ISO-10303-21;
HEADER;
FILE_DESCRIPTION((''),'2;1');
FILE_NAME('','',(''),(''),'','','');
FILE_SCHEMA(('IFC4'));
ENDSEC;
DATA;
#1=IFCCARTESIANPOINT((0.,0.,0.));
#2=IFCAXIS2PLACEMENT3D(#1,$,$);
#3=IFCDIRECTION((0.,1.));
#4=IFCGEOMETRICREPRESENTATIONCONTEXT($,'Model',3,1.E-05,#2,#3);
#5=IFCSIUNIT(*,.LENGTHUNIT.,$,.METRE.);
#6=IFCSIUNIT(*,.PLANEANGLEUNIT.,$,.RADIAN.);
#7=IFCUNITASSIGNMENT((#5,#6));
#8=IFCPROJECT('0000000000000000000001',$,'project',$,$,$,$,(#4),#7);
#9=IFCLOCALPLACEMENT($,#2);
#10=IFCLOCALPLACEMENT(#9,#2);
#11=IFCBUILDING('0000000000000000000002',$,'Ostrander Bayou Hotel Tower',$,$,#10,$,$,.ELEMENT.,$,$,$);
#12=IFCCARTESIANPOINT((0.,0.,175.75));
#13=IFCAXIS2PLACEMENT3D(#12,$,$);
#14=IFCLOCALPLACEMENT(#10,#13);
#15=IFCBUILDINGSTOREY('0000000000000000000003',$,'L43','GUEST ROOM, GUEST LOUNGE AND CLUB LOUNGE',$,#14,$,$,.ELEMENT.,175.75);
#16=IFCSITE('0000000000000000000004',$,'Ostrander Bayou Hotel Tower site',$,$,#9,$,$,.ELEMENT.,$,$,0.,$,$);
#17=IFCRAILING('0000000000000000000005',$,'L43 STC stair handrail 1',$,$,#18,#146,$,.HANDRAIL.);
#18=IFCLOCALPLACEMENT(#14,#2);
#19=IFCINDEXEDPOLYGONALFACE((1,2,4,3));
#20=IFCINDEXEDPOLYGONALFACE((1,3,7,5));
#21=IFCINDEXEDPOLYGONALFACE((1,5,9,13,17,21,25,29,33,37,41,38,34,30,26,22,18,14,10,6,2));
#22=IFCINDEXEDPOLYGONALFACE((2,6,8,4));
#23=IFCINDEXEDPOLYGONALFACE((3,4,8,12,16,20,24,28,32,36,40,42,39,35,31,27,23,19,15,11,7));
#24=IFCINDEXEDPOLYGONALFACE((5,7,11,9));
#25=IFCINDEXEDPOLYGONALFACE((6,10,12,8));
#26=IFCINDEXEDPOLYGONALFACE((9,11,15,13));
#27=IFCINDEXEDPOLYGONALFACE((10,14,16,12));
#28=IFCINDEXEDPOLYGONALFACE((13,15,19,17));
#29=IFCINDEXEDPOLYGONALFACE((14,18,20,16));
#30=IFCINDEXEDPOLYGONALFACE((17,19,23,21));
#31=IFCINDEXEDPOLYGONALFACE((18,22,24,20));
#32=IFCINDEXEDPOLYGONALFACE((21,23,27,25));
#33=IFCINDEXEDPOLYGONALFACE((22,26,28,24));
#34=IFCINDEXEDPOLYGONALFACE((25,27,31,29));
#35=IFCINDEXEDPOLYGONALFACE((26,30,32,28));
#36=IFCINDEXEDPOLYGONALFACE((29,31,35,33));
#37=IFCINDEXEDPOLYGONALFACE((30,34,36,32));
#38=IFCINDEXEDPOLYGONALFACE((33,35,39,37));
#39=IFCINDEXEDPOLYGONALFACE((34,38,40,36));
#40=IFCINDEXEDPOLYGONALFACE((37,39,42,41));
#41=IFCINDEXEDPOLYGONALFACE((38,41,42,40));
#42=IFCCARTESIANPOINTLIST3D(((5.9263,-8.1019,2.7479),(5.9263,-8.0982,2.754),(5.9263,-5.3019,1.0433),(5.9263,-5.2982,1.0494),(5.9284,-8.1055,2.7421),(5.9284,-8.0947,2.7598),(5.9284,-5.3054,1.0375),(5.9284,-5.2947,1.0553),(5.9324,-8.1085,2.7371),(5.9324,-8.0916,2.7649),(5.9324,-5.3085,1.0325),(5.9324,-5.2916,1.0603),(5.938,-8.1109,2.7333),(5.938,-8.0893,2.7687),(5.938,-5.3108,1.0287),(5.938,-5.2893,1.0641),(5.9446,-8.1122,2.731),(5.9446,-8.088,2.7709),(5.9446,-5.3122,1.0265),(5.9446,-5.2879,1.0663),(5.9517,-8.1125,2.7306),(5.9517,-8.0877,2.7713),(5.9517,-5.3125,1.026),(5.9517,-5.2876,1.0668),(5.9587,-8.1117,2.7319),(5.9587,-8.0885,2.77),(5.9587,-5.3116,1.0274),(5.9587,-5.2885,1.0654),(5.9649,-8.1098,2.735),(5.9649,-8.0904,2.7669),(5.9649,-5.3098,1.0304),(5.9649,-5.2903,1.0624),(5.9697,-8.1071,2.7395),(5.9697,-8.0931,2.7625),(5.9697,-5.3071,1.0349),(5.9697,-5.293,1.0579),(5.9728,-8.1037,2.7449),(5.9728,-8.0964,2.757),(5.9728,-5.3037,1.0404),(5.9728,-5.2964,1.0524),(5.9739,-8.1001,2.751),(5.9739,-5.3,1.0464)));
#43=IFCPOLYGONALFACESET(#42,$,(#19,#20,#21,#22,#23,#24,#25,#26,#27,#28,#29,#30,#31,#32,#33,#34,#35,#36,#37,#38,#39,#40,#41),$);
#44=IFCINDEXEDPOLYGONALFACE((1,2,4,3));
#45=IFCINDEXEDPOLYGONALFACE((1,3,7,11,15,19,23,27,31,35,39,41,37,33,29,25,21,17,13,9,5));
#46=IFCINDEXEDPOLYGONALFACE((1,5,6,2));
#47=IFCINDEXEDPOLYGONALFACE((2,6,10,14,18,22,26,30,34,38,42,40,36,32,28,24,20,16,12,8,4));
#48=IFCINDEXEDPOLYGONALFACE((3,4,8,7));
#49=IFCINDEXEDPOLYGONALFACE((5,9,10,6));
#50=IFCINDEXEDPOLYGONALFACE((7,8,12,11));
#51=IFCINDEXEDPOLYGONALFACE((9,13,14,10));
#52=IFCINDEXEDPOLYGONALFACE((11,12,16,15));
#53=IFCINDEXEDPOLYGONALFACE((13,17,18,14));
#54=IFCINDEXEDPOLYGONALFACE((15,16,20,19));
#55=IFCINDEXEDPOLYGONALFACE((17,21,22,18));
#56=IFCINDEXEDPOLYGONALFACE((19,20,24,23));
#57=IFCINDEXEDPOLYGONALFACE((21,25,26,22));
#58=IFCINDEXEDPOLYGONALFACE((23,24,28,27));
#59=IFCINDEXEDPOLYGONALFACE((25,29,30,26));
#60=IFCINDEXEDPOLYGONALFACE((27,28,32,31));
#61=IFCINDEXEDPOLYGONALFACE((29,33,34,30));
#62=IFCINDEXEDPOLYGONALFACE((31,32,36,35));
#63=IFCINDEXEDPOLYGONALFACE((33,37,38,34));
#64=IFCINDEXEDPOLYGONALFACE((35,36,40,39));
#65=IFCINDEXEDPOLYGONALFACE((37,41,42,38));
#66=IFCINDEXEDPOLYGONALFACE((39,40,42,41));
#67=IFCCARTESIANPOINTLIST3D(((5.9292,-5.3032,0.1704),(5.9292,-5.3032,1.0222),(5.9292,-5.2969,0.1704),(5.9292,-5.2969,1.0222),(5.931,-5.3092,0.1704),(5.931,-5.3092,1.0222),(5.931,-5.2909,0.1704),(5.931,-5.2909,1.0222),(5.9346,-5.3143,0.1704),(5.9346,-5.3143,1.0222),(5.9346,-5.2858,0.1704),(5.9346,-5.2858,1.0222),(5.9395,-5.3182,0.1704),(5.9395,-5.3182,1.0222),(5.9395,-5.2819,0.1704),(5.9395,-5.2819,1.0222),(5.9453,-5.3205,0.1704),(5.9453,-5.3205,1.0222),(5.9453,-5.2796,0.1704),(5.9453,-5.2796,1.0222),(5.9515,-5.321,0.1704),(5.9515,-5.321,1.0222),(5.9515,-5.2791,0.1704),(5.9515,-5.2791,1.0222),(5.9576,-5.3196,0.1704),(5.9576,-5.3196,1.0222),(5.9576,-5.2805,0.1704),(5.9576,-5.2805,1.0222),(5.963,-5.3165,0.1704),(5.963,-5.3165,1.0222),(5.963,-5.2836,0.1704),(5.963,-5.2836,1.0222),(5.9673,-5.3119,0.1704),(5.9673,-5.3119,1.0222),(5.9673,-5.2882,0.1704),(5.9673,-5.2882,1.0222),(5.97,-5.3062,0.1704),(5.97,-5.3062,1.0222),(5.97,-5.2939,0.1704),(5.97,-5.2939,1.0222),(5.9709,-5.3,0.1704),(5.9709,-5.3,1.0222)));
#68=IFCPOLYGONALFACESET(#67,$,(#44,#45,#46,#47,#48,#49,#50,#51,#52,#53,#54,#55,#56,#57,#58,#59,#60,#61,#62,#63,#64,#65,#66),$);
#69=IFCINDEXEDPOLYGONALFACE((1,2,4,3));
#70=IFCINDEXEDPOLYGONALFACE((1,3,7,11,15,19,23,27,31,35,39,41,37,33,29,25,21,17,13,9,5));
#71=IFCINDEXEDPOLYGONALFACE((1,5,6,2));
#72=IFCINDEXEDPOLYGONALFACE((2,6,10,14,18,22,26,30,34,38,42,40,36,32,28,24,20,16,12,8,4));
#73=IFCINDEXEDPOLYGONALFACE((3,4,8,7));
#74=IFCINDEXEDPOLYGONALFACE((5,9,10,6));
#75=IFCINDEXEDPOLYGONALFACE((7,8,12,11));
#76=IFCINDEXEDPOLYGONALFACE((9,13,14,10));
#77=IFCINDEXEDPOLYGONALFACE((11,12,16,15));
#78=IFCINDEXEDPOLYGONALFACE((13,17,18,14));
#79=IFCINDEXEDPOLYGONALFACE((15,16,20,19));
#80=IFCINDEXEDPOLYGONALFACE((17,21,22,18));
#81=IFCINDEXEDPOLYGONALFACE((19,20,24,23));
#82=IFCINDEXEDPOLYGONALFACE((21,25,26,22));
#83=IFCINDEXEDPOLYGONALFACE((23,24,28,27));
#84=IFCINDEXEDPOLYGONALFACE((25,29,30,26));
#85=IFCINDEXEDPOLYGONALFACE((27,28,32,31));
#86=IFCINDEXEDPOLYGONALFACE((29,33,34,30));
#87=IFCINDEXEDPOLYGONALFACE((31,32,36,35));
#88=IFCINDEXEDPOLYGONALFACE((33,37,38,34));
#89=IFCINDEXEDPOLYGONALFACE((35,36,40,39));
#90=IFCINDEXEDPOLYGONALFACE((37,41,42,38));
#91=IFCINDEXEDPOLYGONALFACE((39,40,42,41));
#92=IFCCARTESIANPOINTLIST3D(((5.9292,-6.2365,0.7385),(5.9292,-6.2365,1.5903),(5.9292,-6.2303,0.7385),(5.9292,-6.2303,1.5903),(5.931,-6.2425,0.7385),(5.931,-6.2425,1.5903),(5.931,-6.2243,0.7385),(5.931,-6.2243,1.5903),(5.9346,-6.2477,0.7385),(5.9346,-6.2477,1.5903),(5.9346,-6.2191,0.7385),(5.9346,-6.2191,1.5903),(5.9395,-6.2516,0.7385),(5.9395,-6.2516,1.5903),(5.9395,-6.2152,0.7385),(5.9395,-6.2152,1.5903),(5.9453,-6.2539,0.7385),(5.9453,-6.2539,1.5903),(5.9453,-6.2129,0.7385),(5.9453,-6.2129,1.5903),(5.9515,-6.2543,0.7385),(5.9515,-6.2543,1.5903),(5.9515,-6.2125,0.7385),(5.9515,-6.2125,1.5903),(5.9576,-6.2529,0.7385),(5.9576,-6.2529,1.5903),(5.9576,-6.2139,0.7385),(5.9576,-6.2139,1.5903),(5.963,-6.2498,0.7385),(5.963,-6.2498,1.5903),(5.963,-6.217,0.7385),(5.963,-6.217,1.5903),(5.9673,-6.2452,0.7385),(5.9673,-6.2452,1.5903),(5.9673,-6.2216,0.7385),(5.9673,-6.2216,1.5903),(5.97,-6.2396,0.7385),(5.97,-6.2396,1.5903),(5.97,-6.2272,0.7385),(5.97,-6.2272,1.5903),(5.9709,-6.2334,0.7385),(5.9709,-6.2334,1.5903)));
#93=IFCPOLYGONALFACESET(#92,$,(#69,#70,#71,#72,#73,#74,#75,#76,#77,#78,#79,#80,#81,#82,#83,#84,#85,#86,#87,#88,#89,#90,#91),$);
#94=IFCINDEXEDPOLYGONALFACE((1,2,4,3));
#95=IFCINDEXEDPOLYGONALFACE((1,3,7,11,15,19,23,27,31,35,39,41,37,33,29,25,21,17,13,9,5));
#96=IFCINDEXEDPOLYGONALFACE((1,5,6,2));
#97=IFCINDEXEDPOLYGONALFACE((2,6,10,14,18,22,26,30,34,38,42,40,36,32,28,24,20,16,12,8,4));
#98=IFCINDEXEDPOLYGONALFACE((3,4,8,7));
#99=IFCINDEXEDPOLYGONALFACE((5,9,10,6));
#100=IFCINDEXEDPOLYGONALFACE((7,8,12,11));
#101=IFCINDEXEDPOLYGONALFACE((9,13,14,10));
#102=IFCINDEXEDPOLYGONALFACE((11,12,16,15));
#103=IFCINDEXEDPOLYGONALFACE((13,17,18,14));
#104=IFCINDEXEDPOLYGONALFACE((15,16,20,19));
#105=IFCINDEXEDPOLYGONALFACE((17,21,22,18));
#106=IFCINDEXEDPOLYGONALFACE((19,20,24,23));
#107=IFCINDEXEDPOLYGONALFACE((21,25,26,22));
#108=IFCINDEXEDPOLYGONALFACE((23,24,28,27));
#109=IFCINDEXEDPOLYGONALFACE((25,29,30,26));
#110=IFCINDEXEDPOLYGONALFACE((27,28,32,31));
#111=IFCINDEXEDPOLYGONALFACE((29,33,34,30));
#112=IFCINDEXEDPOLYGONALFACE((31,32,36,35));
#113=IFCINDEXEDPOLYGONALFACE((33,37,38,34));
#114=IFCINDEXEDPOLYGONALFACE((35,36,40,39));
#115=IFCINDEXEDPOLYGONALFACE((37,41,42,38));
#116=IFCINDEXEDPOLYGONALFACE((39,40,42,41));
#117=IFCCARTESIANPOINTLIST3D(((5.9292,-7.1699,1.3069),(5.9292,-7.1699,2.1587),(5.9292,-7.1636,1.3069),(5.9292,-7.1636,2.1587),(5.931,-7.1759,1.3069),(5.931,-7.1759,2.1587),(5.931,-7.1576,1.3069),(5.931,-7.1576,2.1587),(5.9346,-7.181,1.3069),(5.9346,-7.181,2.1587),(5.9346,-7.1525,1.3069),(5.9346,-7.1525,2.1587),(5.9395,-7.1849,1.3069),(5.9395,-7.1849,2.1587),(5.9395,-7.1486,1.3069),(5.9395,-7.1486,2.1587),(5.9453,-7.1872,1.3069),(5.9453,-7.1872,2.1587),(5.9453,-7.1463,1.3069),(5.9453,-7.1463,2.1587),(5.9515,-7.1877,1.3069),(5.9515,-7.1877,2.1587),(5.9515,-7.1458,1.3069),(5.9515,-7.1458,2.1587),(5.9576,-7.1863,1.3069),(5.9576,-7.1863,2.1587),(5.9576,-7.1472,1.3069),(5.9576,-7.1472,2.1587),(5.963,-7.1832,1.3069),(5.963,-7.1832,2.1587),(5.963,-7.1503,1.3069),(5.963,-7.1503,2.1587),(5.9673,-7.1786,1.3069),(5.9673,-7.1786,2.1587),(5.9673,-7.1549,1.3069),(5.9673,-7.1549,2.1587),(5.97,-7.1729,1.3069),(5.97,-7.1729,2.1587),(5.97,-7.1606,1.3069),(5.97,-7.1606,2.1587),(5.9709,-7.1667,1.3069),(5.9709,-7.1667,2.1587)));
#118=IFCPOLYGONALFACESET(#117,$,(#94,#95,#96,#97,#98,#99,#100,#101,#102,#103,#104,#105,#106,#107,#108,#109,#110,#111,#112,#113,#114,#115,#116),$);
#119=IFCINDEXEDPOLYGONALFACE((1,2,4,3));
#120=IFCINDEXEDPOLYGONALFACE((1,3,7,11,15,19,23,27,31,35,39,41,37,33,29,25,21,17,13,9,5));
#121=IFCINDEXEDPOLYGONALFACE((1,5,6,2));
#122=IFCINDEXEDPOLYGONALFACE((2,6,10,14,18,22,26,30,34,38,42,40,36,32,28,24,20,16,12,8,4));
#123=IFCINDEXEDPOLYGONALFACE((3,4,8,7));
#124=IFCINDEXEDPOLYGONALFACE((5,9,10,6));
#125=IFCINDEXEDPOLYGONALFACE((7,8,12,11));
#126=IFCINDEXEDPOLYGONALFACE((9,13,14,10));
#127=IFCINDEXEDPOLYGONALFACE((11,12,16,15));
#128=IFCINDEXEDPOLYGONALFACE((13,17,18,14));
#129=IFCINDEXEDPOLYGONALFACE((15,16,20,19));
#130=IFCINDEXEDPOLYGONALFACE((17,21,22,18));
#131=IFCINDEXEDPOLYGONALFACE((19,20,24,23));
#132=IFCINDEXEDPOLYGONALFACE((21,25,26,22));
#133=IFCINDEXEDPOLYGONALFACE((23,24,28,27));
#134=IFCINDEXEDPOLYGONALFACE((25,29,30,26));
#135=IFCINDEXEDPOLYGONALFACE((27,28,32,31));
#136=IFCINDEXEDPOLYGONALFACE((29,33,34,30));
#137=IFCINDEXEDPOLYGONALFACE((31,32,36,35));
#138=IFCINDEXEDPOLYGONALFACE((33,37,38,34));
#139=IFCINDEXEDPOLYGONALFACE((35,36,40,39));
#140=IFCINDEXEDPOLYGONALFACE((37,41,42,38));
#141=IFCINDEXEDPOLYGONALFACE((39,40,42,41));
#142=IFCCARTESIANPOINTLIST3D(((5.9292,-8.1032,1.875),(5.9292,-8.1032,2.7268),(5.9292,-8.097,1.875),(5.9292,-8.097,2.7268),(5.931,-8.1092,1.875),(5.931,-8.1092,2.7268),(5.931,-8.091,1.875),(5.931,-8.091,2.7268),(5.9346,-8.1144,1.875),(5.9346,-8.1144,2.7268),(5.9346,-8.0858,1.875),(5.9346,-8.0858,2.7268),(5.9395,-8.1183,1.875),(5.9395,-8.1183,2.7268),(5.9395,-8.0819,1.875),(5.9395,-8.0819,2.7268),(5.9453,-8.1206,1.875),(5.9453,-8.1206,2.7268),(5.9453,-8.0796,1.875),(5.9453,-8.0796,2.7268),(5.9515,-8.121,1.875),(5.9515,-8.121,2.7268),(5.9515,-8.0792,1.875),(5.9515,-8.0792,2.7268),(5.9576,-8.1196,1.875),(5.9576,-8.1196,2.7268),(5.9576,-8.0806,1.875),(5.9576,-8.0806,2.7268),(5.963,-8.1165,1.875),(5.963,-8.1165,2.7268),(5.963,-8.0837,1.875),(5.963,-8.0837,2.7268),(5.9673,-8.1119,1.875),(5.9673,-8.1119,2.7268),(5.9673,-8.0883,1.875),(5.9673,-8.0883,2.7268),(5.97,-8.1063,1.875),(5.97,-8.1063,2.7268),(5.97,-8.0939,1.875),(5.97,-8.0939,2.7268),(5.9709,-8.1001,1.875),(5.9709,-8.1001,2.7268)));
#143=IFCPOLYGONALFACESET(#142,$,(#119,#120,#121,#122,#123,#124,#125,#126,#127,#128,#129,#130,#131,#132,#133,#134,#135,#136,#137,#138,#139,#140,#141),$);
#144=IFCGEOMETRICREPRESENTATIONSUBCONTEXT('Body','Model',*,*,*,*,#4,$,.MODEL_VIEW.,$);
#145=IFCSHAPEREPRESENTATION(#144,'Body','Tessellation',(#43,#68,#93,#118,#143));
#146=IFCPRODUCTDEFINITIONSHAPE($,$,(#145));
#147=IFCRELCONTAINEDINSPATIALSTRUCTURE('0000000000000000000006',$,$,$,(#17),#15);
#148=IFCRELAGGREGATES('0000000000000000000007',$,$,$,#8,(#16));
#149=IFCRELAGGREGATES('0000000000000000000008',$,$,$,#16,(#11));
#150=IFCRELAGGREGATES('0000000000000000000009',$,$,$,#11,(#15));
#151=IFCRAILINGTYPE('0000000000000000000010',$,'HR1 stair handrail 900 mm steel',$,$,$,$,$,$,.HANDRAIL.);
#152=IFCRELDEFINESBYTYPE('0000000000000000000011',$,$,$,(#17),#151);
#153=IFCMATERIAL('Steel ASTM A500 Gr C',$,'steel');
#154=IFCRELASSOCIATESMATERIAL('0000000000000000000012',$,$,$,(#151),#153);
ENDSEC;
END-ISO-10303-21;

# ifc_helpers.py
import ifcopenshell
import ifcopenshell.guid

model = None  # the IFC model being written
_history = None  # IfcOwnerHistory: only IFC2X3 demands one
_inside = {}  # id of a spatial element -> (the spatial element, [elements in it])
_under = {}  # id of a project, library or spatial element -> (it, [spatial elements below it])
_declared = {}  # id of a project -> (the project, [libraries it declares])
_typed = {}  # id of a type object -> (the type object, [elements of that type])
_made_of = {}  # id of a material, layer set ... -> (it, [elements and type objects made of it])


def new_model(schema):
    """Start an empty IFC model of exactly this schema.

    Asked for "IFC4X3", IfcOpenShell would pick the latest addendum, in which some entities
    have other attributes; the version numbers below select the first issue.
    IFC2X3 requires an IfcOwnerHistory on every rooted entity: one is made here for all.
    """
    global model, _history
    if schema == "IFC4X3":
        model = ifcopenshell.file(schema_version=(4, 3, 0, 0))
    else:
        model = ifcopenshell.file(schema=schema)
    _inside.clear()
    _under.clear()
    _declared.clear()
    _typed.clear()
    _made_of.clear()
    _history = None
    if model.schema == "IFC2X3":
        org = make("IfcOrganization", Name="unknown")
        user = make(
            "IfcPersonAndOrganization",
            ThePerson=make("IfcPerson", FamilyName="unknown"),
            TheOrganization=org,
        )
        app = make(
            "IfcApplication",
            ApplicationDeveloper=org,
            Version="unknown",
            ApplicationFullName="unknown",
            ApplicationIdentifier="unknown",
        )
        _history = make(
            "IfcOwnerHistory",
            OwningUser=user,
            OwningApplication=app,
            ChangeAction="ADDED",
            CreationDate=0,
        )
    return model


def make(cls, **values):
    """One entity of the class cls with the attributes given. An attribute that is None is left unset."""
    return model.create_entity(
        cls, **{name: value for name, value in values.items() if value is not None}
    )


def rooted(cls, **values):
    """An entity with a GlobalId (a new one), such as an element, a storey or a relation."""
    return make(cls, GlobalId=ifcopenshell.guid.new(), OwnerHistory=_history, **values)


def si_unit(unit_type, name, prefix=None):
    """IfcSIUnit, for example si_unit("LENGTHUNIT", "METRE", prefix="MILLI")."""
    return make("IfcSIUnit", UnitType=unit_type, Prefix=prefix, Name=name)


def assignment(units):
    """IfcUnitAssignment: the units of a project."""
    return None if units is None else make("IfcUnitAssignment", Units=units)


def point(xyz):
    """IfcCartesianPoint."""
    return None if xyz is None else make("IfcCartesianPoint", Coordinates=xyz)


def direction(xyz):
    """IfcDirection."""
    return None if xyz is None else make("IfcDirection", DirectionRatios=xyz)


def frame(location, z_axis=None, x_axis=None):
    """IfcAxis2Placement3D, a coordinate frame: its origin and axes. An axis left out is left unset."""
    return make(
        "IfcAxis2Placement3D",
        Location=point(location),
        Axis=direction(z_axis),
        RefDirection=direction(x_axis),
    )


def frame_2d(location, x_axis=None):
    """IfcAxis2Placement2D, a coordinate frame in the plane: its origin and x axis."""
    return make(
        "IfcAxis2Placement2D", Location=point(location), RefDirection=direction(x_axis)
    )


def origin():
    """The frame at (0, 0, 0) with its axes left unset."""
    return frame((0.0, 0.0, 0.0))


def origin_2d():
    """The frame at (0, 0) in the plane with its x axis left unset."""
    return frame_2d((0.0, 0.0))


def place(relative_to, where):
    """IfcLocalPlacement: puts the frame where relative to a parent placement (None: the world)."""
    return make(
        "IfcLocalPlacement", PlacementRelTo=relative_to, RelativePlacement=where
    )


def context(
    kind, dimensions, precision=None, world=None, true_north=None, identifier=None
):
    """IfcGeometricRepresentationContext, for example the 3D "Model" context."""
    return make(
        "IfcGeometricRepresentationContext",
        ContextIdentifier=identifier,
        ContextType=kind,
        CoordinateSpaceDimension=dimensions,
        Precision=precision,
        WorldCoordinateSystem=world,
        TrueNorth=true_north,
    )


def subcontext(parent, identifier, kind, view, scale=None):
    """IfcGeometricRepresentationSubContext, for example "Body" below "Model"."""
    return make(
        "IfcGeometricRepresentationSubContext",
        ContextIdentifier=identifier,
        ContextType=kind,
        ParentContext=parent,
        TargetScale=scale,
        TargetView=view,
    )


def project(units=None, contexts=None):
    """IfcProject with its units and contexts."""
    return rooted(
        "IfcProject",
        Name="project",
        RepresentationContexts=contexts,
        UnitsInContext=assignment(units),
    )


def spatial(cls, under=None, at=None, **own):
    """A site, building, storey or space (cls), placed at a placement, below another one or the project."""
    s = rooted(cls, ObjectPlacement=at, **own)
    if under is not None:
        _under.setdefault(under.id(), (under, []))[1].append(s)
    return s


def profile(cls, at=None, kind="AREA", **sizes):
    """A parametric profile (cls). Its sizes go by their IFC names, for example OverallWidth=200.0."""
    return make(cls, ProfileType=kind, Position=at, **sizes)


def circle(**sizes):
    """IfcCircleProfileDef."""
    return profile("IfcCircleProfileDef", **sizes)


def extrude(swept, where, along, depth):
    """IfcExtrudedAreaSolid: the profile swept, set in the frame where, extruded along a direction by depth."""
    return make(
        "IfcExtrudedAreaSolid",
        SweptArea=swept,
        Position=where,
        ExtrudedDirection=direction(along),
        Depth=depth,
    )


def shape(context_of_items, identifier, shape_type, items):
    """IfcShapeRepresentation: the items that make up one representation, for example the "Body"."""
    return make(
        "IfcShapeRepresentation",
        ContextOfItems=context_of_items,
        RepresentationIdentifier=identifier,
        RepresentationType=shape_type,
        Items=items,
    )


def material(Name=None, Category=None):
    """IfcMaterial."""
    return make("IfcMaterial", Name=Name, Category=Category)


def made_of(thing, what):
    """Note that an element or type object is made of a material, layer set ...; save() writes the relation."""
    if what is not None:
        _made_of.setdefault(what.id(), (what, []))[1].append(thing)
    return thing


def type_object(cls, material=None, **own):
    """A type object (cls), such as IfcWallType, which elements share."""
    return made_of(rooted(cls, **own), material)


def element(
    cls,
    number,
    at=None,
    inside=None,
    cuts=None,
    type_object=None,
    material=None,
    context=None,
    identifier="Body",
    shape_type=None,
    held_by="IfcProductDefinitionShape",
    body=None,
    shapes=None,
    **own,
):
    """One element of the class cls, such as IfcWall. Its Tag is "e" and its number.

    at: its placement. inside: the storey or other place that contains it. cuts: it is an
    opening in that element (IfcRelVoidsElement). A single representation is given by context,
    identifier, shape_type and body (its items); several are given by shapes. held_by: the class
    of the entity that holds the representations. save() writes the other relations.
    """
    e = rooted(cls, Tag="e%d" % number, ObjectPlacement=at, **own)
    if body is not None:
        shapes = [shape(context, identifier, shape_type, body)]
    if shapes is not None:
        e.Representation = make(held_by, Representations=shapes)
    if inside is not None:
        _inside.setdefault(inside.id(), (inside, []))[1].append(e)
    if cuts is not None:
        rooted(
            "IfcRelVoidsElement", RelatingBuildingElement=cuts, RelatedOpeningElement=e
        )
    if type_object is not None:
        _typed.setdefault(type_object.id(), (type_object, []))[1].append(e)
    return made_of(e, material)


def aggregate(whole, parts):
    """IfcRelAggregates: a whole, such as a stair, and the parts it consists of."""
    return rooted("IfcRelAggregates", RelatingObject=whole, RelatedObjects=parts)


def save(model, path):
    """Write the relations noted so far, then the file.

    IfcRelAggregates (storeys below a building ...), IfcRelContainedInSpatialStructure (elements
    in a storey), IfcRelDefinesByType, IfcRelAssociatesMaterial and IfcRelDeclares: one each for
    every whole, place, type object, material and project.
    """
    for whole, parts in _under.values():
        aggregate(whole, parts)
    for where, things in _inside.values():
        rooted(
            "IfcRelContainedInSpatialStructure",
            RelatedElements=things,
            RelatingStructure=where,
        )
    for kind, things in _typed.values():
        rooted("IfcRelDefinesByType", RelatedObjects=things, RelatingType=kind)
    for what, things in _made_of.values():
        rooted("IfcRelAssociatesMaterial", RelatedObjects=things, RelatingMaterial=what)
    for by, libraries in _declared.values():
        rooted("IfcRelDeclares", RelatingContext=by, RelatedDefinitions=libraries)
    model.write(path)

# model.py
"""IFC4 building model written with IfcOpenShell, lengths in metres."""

from ifc_helpers import new_model, si_unit, direction, frame, origin, origin_2d, place, context, subcontext, project, spatial, circle, extrude, material, type_object, element, save


model = new_model("IFC4")

# Units and contexts
model_context = context("Model", 3, precision=1e-05, world=origin(), true_north=direction((0.0, 1.0)))
body_context = subcontext(model_context, "Body", "Model", "MODEL_VIEW")
ifc_project = project(units=[si_unit("LENGTHUNIT", "METRE"), si_unit("PLANEANGLEUNIT", "RADIAN")], contexts=[model_context])

# Site, building, storey
site_placement = place(None, origin())
site = spatial("IfcSite", under=ifc_project, at=site_placement, Name="Ostrander Bayou Hotel Tower site", CompositionType="ELEMENT", RefElevation=0.0)
building_placement = place(site_placement, origin())
building = spatial("IfcBuilding", under=site, at=building_placement, Name="Ostrander Bayou Hotel Tower", CompositionType="ELEMENT")
storey_placement = place(building_placement, frame((0.0, 0.0, 175.75)))
storey = spatial("IfcBuildingStorey", under=building, at=storey_placement, Name="L43", Description="GUEST ROOM, GUEST LOUNGE AND CLUB LOUNGE", CompositionType="ELEMENT", Elevation=175.75)

# Railing
ifc_material_1 = material(Name="Steel ASTM A500 Gr C", Category="steel")
railing_type_1 = type_object("IfcRailingType", Name="HR1 stair handrail 900 mm steel", PredefinedType="HANDRAIL", material=ifc_material_1)
railing_1_placement = place(storey_placement, frame((5.95, -5.3, 0.1704)))
element("IfcRailing", 1, at=railing_1_placement, inside=storey, type_object=railing_type_1, Name="L43 STC stair handrail 1", PredefinedType="HANDRAIL", context=body_context, shape_type="SweptSolid", body=[
    extrude(circle(Radius=0.0239, at=origin_2d()), frame((0.0, 0.0, 0.876), z_axis=(0.0, -0.85417, 0.519994), x_axis=(1.0, 0.0, 0.0)), (0.0, 0.0, 1.0), 3.2781),
    extrude(circle(Radius=0.021, at=origin_2d()), origin(), (0.0, 0.0, 1.0), 0.8518),
    extrude(circle(Radius=0.021, at=origin_2d()), frame((0.0, -0.9333, 0.5681)), (0.0, 0.0, 1.0), 0.8518),
    extrude(circle(Radius=0.021, at=origin_2d()), frame((0.0, -1.8667, 1.1365)), (0.0, 0.0, 1.0), 0.8518),
    extrude(circle(Radius=0.021, at=origin_2d()), frame((0.0, -2.8, 1.7046)), (0.0, 0.0, 1.0), 0.8518),
])

save(model, "model.ifc")
